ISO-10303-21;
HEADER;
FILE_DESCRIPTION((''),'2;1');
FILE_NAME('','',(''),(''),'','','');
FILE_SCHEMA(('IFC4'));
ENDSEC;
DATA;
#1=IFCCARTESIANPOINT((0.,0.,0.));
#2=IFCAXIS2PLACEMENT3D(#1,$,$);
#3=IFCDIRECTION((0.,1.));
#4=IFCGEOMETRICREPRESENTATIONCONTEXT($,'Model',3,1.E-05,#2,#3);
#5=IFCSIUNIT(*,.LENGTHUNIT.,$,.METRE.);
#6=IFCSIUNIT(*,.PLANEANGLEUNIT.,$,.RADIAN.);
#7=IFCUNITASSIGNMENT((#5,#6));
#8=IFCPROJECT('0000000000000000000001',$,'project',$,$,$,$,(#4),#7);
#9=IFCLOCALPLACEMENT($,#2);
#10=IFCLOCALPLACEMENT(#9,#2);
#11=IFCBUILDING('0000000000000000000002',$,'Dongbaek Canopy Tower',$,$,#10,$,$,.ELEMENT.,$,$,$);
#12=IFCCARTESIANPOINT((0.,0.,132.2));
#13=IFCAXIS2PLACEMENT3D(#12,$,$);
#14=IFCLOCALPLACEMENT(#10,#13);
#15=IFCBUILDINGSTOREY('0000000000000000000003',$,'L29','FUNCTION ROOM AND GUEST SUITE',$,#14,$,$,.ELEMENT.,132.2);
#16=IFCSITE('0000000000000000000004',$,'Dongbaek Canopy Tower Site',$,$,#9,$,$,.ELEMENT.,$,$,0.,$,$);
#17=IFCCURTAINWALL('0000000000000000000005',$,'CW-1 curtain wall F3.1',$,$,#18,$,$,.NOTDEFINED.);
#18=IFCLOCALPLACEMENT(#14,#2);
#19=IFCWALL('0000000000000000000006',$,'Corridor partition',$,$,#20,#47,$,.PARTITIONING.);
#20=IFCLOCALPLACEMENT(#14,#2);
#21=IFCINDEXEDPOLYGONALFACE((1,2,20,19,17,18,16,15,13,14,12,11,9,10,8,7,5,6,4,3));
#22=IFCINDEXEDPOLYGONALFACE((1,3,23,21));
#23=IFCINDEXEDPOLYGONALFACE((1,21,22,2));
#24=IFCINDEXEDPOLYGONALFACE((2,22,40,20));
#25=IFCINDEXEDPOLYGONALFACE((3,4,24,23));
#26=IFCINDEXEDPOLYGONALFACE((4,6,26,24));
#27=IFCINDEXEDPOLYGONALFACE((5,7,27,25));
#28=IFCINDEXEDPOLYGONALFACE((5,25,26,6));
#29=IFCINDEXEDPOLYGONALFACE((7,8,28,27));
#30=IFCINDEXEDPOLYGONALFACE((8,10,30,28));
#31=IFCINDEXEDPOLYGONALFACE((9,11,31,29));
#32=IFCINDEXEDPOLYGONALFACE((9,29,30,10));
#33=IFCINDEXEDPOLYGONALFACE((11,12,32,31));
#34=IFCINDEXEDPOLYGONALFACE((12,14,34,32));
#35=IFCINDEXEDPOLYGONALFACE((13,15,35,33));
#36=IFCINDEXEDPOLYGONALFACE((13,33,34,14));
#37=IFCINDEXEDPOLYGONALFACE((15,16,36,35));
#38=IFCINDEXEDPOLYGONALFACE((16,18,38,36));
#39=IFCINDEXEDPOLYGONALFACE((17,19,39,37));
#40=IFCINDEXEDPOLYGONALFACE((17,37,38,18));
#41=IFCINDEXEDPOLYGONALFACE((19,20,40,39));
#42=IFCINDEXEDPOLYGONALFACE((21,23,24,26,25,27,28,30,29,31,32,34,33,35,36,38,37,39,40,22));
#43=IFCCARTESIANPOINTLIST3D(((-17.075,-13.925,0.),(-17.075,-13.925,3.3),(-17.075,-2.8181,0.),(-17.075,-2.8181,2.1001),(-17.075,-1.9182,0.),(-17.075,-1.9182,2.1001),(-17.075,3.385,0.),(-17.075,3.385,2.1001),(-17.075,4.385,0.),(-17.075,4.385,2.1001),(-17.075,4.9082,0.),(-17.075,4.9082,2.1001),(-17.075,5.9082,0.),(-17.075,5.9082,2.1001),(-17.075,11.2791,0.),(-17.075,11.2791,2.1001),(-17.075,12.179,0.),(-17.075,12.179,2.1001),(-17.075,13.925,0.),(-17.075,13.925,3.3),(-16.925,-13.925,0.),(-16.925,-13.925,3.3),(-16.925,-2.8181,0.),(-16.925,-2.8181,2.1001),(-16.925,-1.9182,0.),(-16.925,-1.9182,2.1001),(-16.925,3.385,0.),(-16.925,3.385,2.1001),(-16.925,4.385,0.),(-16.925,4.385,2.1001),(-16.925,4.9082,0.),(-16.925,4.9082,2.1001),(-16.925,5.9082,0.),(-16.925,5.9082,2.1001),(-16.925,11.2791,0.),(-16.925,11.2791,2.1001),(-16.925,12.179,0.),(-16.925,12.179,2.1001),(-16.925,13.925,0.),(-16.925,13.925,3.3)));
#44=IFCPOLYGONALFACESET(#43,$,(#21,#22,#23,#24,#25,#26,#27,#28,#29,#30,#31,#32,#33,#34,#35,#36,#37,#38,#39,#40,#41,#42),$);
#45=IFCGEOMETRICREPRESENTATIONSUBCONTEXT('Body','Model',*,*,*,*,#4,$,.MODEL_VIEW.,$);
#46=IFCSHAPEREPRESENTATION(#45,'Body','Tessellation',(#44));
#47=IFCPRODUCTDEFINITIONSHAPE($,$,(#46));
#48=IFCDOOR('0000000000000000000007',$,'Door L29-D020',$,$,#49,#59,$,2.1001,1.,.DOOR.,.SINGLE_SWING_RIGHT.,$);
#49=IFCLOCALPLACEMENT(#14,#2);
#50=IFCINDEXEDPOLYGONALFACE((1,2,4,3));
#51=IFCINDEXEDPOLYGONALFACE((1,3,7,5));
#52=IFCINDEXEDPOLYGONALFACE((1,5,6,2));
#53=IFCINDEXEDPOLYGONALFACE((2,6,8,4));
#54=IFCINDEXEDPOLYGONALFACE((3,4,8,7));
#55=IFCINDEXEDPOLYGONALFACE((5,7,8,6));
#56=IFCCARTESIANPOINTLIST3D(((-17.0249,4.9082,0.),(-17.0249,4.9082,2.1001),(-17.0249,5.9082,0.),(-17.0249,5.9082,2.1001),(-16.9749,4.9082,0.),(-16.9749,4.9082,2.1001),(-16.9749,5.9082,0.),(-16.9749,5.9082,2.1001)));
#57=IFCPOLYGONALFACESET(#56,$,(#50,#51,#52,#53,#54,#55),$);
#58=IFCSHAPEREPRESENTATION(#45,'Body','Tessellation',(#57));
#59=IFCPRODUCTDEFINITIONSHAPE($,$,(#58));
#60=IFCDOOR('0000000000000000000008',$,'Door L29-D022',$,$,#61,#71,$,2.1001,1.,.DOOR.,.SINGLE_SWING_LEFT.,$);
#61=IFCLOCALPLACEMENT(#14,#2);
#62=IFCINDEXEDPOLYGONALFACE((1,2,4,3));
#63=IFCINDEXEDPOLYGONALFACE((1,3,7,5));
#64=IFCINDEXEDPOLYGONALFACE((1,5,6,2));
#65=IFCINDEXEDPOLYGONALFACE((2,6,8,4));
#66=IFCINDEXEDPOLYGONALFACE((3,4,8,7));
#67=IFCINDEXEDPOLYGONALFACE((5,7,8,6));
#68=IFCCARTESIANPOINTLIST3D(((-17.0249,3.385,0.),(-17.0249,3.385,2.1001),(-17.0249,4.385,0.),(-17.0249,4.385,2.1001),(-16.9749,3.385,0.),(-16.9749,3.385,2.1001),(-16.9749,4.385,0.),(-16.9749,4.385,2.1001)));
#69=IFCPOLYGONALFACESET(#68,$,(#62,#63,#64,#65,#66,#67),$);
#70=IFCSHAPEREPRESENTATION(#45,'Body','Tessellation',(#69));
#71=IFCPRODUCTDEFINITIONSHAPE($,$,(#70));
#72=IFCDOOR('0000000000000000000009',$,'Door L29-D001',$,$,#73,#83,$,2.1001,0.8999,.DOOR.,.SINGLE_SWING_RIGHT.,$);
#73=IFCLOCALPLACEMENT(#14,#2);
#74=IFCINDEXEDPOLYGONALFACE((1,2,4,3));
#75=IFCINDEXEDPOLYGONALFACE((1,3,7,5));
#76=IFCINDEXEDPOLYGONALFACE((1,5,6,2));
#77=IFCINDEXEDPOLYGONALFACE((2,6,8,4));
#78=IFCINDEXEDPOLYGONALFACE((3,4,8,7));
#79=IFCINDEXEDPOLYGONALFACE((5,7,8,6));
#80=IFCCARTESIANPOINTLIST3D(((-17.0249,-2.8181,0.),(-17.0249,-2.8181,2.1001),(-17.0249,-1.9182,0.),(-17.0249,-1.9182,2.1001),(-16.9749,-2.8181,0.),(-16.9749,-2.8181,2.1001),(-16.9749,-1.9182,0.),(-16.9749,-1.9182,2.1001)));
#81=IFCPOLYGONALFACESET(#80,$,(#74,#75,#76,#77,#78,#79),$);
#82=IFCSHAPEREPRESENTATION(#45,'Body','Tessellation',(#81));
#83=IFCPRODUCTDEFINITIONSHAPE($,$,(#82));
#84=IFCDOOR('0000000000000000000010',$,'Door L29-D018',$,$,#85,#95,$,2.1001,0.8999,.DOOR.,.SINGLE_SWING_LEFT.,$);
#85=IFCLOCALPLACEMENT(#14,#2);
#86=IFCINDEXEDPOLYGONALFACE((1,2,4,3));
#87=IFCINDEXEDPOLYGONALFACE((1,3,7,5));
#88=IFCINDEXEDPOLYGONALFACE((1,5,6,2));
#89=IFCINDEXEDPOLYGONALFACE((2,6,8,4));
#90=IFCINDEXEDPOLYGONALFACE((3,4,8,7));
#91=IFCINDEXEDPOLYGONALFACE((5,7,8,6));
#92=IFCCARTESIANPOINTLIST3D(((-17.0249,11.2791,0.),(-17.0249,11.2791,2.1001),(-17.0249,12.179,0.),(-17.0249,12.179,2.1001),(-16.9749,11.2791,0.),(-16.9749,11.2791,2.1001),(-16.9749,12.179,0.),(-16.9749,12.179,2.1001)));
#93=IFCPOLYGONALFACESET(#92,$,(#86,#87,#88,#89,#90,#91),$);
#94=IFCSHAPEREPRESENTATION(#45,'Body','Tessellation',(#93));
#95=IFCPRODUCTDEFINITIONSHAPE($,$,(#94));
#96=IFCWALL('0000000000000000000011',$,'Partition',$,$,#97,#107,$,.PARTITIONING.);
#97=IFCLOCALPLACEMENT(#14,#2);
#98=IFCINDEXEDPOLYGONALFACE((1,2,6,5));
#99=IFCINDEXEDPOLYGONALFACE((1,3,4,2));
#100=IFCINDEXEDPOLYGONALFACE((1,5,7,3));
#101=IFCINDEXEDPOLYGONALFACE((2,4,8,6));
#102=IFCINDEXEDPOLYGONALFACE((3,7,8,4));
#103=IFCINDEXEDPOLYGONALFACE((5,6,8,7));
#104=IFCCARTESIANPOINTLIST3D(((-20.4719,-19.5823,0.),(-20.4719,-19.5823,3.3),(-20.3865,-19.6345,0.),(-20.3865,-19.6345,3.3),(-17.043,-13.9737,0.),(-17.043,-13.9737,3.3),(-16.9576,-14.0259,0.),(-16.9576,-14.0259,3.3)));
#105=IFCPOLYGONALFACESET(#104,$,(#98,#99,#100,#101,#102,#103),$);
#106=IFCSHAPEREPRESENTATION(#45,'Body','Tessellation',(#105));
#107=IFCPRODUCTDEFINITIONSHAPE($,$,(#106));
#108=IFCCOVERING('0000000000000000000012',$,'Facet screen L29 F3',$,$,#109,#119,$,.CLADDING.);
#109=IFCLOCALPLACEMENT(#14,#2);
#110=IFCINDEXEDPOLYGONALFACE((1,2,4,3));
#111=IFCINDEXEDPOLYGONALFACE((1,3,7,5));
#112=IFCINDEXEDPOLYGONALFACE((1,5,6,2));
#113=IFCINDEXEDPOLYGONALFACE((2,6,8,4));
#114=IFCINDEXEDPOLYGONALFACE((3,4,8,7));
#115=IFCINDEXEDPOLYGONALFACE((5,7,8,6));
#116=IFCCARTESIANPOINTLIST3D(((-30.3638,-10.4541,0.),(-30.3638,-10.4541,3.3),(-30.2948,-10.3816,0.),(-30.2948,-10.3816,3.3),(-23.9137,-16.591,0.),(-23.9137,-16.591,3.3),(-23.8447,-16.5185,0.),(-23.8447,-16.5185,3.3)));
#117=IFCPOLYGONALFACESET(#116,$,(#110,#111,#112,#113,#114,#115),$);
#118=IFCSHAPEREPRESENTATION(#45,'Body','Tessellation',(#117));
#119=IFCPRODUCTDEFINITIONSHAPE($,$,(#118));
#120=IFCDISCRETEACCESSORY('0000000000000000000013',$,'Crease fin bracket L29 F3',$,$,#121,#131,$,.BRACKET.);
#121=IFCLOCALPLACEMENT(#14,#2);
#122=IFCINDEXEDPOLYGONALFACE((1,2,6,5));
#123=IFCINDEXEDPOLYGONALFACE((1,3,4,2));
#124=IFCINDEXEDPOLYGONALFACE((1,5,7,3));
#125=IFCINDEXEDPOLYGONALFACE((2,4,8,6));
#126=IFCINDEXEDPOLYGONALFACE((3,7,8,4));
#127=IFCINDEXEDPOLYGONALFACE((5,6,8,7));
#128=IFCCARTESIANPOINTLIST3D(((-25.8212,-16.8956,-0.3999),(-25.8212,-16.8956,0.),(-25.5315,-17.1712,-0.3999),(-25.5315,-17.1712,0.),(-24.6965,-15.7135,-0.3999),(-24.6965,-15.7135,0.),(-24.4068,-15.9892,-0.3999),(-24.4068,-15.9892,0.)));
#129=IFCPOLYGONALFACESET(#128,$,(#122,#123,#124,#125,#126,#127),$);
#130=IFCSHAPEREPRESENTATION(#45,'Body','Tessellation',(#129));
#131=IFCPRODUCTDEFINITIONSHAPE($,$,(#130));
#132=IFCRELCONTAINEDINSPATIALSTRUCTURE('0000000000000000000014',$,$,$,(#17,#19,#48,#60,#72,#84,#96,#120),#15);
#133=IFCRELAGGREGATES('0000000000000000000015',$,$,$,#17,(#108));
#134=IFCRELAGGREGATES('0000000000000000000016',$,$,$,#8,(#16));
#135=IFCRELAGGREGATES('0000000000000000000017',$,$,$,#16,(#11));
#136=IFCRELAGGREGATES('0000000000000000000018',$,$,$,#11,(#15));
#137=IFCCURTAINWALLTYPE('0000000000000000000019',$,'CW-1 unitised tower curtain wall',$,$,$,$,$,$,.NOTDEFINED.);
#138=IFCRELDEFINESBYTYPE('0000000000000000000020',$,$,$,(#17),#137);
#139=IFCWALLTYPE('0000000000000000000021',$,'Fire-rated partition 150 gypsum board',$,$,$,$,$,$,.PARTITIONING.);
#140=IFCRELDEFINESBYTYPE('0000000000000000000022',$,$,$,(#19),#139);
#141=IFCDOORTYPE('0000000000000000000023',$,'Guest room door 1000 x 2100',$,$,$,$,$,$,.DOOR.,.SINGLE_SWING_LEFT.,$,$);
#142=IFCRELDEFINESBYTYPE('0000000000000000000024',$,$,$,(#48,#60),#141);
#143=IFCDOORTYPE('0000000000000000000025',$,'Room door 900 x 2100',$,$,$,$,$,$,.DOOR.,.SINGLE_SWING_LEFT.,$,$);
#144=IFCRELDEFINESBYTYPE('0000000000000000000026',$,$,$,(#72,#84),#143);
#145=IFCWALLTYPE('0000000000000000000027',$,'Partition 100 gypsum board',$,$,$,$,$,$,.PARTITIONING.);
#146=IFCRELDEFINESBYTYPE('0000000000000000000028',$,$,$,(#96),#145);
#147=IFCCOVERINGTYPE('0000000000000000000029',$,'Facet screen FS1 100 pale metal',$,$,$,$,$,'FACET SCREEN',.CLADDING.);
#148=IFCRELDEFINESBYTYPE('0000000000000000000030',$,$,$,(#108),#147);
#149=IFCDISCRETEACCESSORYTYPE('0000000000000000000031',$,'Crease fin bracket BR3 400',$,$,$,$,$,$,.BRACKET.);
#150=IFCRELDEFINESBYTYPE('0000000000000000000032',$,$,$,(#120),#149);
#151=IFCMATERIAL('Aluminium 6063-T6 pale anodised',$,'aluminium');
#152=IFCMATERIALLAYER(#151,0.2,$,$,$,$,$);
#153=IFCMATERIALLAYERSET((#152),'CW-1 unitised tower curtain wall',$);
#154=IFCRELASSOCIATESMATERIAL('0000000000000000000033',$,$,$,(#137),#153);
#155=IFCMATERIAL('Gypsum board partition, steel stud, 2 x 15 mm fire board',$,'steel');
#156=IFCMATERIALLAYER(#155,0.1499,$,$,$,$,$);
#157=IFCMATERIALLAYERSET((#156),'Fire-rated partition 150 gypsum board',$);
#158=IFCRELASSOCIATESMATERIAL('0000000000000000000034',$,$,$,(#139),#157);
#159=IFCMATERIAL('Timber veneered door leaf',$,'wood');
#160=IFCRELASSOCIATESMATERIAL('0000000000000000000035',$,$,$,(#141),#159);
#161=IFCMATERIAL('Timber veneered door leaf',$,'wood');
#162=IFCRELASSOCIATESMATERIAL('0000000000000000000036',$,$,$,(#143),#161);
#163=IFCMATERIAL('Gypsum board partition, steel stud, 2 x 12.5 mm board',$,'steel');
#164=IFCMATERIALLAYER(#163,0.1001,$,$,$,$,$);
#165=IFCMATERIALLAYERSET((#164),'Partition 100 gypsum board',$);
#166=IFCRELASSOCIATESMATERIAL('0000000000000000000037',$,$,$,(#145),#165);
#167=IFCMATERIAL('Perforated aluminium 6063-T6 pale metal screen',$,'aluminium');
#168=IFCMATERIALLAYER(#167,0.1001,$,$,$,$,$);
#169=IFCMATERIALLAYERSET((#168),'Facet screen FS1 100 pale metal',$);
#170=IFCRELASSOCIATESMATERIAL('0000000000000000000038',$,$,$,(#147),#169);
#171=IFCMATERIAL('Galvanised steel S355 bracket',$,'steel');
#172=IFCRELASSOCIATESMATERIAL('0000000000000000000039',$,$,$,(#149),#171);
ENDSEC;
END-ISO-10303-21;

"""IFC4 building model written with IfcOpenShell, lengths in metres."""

from ifc_helpers import new_model, si_unit, direction, frame, frame_2d, origin, origin_2d, place, context, subcontext, project, spatial, rectangle, extrude, material, layer, layer_set, type_object, element, fill, aggregate, save


model = new_model("IFC4")

# Units and contexts
model_context = context("Model", 3, precision=1e-05, world=origin(), true_north=direction((0.0, 1.0)))
body_context = subcontext(model_context, "Body", "Model", "MODEL_VIEW")
ifc_project = project(units=[si_unit("LENGTHUNIT", "METRE"), si_unit("PLANEANGLEUNIT", "RADIAN")], contexts=[model_context])

# Site, building, storey
site_placement = place(None, origin())
site = spatial("IfcSite", under=ifc_project, at=site_placement, Name="Dongbaek Canopy Tower Site", CompositionType="ELEMENT", RefElevation=0.0)
building_placement = place(site_placement, origin())
building = spatial("IfcBuilding", under=site, at=building_placement, Name="Dongbaek Canopy Tower", CompositionType="ELEMENT")
storey_placement = place(building_placement, frame((0.0, 0.0, 132.2)))
storey = spatial("IfcBuildingStorey", under=building, at=storey_placement, Name="L29", Description="FUNCTION ROOM AND GUEST SUITE", CompositionType="ELEMENT", Elevation=132.2)

# Curtain wall
ifc_material_1 = material(Name="Aluminium 6063-T6 pale anodised", Category="aluminium")
ifc_layer_1 = layer(ifc_material_1, 0.2)
ifc_layer_set_1 = layer_set([ifc_layer_1], Name="CW-1 unitised tower curtain wall")
curtain_wall_type = type_object("IfcCurtainWallType", Name="CW-1 unitised tower curtain wall", PredefinedType="NOTDEFINED", material=ifc_layer_set_1)
curtain_wall_placement = place(storey_placement, origin())
curtain_wall = element("IfcCurtainWall", 1, at=curtain_wall_placement, inside=storey, type_object=curtain_wall_type, Name="CW-1 curtain wall F3.1", PredefinedType="NOTDEFINED")

# Wall, openings, doors
ifc_material_2 = material(Name="Gypsum board partition, steel stud, 2 x 15 mm fire board", Category="steel")
ifc_layer_2 = layer(ifc_material_2, 0.1499)
ifc_layer_set_2 = layer_set([ifc_layer_2], Name="Fire-rated partition 150 gypsum board")
wall_type_1 = type_object("IfcWallType", Name="Fire-rated partition 150 gypsum board", PredefinedType="PARTITIONING", material=ifc_layer_set_2)
wall_1_placement = place(storey_placement, frame((-17.0, -13.925, 0.0), z_axis=(0.0, 0.0, 1.0), x_axis=(0.0, 1.0, 0.0)))
wall_1 = element("IfcWall", 2, at=wall_1_placement, inside=storey, type_object=wall_type_1, Name="Corridor partition", PredefinedType="PARTITIONING", context=body_context, shape_type="SweptSolid", body=[
    extrude(rectangle(XDim=27.8501, YDim=0.1499, at=frame_2d((13.925, 0.0))), origin(), (0.0, 0.0, 1.0), 3.3),
])
opening_1_placement = place(wall_1_placement, frame((11.1069, 0.0, 0.0)))
opening_1 = element("IfcOpeningElement", 3, at=opening_1_placement, cuts=wall_1, PredefinedType="OPENING", context=body_context, shape_type="SweptSolid", body=[
    extrude(rectangle(XDim=0.8999, YDim=2.1001, at=frame_2d((0.45, 1.05))), frame((0.0, 0.085, 0.0), z_axis=(0.0, -1.0, 0.0), x_axis=(1.0, 0.0, 0.0)), (0.0, 0.0, 1.0), 0.1699),
])
opening_2_placement = place(wall_1_placement, frame((25.2041, 0.0, 0.0)))
opening_2 = element("IfcOpeningElement", 4, at=opening_2_placement, cuts=wall_1, PredefinedType="OPENING", context=body_context, shape_type="SweptSolid", body=[
    extrude(rectangle(XDim=0.8999, YDim=2.1001, at=frame_2d((0.45, 1.05))), frame((0.0, 0.085, 0.0), z_axis=(0.0, -1.0, 0.0), x_axis=(1.0, 0.0, 0.0)), (0.0, 0.0, 1.0), 0.1699),
])
opening_3_placement = place(wall_1_placement, frame((18.8333, 0.0, 0.0)))
opening_3 = element("IfcOpeningElement", 5, at=opening_3_placement, cuts=wall_1, PredefinedType="OPENING", context=body_context, shape_type="SweptSolid", body=[
    extrude(rectangle(XDim=1.0, YDim=2.1001, at=frame_2d((0.5, 1.05))), frame((0.0, 0.085, 0.0), z_axis=(0.0, -1.0, 0.0), x_axis=(1.0, 0.0, 0.0)), (0.0, 0.0, 1.0), 0.1699),
])
opening_4_placement = place(wall_1_placement, frame((17.3101, 0.0, 0.0)))
opening_4 = element("IfcOpeningElement", 6, at=opening_4_placement, cuts=wall_1, PredefinedType="OPENING", context=body_context, shape_type="SweptSolid", body=[
    extrude(rectangle(XDim=1.0, YDim=2.1001, at=frame_2d((0.5, 1.05))), frame((0.0, 0.085, 0.0), z_axis=(0.0, -1.0, 0.0), x_axis=(1.0, 0.0, 0.0)), (0.0, 0.0, 1.0), 0.1699),
])
ifc_material_3 = material(Name="Timber veneered door leaf", Category="wood")
door_type_1 = type_object("IfcDoorType", Name="Guest room door 1000 x 2100", OperationType="SINGLE_SWING_LEFT", PredefinedType="DOOR", material=ifc_material_3)
door_1_placement = place(opening_3_placement, origin())
door_1 = element("IfcDoor", 7, at=door_1_placement, inside=storey, type_object=door_type_1, Name="Door L29-D020", OperationType="SINGLE_SWING_RIGHT", OverallHeight=2.1001, OverallWidth=1.0, PredefinedType="DOOR", context=body_context, shape_type="SweptSolid", body=[
    extrude(rectangle(XDim=1.0, YDim=2.1001, at=frame_2d((0.5, 1.05))), frame((0.0, 0.0249, 0.0), z_axis=(0.0, -1.0, 0.0), x_axis=(1.0, 0.0, 0.0)), (0.0, 0.0, 1.0), 0.05),
])
fill(opening_3, door_1)
door_2_placement = place(opening_4_placement, origin())
door_2 = element("IfcDoor", 8, at=door_2_placement, inside=storey, type_object=door_type_1, Name="Door L29-D022", OperationType="SINGLE_SWING_LEFT", OverallHeight=2.1001, OverallWidth=1.0, PredefinedType="DOOR", context=body_context, shape_type="SweptSolid", body=[
    extrude(rectangle(XDim=1.0, YDim=2.1001, at=frame_2d((0.5, 1.05))), frame((0.0, 0.0249, 0.0), z_axis=(0.0, -1.0, 0.0), x_axis=(1.0, 0.0, 0.0)), (0.0, 0.0, 1.0), 0.05),
])
fill(opening_4, door_2)
ifc_material_4 = material(Name="Timber veneered door leaf", Category="wood")
door_type_2 = type_object("IfcDoorType", Name="Room door 900 x 2100", OperationType="SINGLE_SWING_LEFT", PredefinedType="DOOR", material=ifc_material_4)
door_3_placement = place(opening_1_placement, origin())
door_3 = element("IfcDoor", 9, at=door_3_placement, inside=storey, type_object=door_type_2, Name="Door L29-D001", OperationType="SINGLE_SWING_RIGHT", OverallHeight=2.1001, OverallWidth=0.8999, PredefinedType="DOOR", context=body_context, shape_type="SweptSolid", body=[
    extrude(rectangle(XDim=0.8999, YDim=2.1001, at=frame_2d((0.45, 1.05))), frame((0.0, 0.0249, 0.0), z_axis=(0.0, -1.0, 0.0), x_axis=(1.0, 0.0, 0.0)), (0.0, 0.0, 1.0), 0.05),
])
fill(opening_1, door_3)
door_4_placement = place(opening_2_placement, origin())
door_4 = element("IfcDoor", 10, at=door_4_placement, inside=storey, type_object=door_type_2, Name="Door L29-D018", OperationType="SINGLE_SWING_LEFT", OverallHeight=2.1001, OverallWidth=0.8999, PredefinedType="DOOR", context=body_context, shape_type="SweptSolid", body=[
    extrude(rectangle(XDim=0.8999, YDim=2.1001, at=frame_2d((0.45, 1.05))), frame((0.0, 0.0249, 0.0), z_axis=(0.0, -1.0, 0.0), x_axis=(1.0, 0.0, 0.0)), (0.0, 0.0, 1.0), 0.05),
])
fill(opening_2, door_4)

# Wall
ifc_material_5 = material(Name="Gypsum board partition, steel stud, 2 x 12.5 mm board", Category="steel")
ifc_layer_3 = layer(ifc_material_5, 0.1001)
ifc_layer_set_3 = layer_set([ifc_layer_3], Name="Partition 100 gypsum board")
wall_type_2 = type_object("IfcWallType", Name="Partition 100 gypsum board", PredefinedType="PARTITIONING", material=ifc_layer_set_3)
wall_2_placement = place(storey_placement, frame((-20.4292, -19.6084, 0.0), z_axis=(0.0, 0.0, 1.0), x_axis=(0.521611, 0.853184, 0.0)))
element("IfcWall", 11, at=wall_2_placement, inside=storey, type_object=wall_type_2, Name="Partition", PredefinedType="PARTITIONING", context=body_context, shape_type="SweptSolid", body=[
    extrude(rectangle(XDim=6.5737, YDim=0.1001, at=frame_2d((3.2869, 0.0))), origin(), (0.0, 0.0, 1.0), 3.3),
])

# Covering
ifc_material_6 = material(Name="Perforated aluminium 6063-T6 pale metal screen", Category="aluminium")
ifc_layer_4 = layer(ifc_material_6, 0.1001)
ifc_layer_set_4 = layer_set([ifc_layer_4], Name="Facet screen FS1 100 pale metal")
covering_type = type_object("IfcCoveringType", Name="Facet screen FS1 100 pale metal", ElementType="FACET SCREEN", PredefinedType="CLADDING", material=ifc_layer_set_4)
covering_placement = place(storey_placement, frame((-27.1042, -13.4863, 0.0), z_axis=(0.0, 0.0, 1.0), x_axis=(0.724474, -0.689302, 0.0)))
covering = element("IfcCovering", 12, at=covering_placement, type_object=covering_type, Name="Facet screen L29 F3", PredefinedType="CLADDING", context=body_context, shape_type="SweptSolid", body=[
    extrude(rectangle(XDim=8.9031, YDim=0.1001, at=origin_2d()), origin(), (0.0, 0.0, 1.0), 3.3),
])
aggregate(curtain_wall, [covering])

# Discrete accessory
ifc_material_7 = material(Name="Galvanised steel S355 bracket", Category="steel")
discrete_accessory_type = type_object("IfcDiscreteAccessoryType", Name="Crease fin bracket BR3 400", PredefinedType="BRACKET", material=ifc_material_7)
discrete_accessory_placement = place(storey_placement, frame((-25.114, -16.4424, -0.3999), z_axis=(0.0, 0.0, 1.0), x_axis=(-0.689302, -0.724474, 0.0)))
element("IfcDiscreteAccessory", 13, at=discrete_accessory_placement, inside=storey, type_object=discrete_accessory_type, Name="Crease fin bracket L29 F3", PredefinedType="BRACKET", context=body_context, shape_type="SweptSolid", body=[
    extrude(rectangle(XDim=1.6316, YDim=0.3999, at=origin_2d()), origin(), (0.0, 0.0, 1.0), 0.3999),
])

save(model, "model.ifc")
